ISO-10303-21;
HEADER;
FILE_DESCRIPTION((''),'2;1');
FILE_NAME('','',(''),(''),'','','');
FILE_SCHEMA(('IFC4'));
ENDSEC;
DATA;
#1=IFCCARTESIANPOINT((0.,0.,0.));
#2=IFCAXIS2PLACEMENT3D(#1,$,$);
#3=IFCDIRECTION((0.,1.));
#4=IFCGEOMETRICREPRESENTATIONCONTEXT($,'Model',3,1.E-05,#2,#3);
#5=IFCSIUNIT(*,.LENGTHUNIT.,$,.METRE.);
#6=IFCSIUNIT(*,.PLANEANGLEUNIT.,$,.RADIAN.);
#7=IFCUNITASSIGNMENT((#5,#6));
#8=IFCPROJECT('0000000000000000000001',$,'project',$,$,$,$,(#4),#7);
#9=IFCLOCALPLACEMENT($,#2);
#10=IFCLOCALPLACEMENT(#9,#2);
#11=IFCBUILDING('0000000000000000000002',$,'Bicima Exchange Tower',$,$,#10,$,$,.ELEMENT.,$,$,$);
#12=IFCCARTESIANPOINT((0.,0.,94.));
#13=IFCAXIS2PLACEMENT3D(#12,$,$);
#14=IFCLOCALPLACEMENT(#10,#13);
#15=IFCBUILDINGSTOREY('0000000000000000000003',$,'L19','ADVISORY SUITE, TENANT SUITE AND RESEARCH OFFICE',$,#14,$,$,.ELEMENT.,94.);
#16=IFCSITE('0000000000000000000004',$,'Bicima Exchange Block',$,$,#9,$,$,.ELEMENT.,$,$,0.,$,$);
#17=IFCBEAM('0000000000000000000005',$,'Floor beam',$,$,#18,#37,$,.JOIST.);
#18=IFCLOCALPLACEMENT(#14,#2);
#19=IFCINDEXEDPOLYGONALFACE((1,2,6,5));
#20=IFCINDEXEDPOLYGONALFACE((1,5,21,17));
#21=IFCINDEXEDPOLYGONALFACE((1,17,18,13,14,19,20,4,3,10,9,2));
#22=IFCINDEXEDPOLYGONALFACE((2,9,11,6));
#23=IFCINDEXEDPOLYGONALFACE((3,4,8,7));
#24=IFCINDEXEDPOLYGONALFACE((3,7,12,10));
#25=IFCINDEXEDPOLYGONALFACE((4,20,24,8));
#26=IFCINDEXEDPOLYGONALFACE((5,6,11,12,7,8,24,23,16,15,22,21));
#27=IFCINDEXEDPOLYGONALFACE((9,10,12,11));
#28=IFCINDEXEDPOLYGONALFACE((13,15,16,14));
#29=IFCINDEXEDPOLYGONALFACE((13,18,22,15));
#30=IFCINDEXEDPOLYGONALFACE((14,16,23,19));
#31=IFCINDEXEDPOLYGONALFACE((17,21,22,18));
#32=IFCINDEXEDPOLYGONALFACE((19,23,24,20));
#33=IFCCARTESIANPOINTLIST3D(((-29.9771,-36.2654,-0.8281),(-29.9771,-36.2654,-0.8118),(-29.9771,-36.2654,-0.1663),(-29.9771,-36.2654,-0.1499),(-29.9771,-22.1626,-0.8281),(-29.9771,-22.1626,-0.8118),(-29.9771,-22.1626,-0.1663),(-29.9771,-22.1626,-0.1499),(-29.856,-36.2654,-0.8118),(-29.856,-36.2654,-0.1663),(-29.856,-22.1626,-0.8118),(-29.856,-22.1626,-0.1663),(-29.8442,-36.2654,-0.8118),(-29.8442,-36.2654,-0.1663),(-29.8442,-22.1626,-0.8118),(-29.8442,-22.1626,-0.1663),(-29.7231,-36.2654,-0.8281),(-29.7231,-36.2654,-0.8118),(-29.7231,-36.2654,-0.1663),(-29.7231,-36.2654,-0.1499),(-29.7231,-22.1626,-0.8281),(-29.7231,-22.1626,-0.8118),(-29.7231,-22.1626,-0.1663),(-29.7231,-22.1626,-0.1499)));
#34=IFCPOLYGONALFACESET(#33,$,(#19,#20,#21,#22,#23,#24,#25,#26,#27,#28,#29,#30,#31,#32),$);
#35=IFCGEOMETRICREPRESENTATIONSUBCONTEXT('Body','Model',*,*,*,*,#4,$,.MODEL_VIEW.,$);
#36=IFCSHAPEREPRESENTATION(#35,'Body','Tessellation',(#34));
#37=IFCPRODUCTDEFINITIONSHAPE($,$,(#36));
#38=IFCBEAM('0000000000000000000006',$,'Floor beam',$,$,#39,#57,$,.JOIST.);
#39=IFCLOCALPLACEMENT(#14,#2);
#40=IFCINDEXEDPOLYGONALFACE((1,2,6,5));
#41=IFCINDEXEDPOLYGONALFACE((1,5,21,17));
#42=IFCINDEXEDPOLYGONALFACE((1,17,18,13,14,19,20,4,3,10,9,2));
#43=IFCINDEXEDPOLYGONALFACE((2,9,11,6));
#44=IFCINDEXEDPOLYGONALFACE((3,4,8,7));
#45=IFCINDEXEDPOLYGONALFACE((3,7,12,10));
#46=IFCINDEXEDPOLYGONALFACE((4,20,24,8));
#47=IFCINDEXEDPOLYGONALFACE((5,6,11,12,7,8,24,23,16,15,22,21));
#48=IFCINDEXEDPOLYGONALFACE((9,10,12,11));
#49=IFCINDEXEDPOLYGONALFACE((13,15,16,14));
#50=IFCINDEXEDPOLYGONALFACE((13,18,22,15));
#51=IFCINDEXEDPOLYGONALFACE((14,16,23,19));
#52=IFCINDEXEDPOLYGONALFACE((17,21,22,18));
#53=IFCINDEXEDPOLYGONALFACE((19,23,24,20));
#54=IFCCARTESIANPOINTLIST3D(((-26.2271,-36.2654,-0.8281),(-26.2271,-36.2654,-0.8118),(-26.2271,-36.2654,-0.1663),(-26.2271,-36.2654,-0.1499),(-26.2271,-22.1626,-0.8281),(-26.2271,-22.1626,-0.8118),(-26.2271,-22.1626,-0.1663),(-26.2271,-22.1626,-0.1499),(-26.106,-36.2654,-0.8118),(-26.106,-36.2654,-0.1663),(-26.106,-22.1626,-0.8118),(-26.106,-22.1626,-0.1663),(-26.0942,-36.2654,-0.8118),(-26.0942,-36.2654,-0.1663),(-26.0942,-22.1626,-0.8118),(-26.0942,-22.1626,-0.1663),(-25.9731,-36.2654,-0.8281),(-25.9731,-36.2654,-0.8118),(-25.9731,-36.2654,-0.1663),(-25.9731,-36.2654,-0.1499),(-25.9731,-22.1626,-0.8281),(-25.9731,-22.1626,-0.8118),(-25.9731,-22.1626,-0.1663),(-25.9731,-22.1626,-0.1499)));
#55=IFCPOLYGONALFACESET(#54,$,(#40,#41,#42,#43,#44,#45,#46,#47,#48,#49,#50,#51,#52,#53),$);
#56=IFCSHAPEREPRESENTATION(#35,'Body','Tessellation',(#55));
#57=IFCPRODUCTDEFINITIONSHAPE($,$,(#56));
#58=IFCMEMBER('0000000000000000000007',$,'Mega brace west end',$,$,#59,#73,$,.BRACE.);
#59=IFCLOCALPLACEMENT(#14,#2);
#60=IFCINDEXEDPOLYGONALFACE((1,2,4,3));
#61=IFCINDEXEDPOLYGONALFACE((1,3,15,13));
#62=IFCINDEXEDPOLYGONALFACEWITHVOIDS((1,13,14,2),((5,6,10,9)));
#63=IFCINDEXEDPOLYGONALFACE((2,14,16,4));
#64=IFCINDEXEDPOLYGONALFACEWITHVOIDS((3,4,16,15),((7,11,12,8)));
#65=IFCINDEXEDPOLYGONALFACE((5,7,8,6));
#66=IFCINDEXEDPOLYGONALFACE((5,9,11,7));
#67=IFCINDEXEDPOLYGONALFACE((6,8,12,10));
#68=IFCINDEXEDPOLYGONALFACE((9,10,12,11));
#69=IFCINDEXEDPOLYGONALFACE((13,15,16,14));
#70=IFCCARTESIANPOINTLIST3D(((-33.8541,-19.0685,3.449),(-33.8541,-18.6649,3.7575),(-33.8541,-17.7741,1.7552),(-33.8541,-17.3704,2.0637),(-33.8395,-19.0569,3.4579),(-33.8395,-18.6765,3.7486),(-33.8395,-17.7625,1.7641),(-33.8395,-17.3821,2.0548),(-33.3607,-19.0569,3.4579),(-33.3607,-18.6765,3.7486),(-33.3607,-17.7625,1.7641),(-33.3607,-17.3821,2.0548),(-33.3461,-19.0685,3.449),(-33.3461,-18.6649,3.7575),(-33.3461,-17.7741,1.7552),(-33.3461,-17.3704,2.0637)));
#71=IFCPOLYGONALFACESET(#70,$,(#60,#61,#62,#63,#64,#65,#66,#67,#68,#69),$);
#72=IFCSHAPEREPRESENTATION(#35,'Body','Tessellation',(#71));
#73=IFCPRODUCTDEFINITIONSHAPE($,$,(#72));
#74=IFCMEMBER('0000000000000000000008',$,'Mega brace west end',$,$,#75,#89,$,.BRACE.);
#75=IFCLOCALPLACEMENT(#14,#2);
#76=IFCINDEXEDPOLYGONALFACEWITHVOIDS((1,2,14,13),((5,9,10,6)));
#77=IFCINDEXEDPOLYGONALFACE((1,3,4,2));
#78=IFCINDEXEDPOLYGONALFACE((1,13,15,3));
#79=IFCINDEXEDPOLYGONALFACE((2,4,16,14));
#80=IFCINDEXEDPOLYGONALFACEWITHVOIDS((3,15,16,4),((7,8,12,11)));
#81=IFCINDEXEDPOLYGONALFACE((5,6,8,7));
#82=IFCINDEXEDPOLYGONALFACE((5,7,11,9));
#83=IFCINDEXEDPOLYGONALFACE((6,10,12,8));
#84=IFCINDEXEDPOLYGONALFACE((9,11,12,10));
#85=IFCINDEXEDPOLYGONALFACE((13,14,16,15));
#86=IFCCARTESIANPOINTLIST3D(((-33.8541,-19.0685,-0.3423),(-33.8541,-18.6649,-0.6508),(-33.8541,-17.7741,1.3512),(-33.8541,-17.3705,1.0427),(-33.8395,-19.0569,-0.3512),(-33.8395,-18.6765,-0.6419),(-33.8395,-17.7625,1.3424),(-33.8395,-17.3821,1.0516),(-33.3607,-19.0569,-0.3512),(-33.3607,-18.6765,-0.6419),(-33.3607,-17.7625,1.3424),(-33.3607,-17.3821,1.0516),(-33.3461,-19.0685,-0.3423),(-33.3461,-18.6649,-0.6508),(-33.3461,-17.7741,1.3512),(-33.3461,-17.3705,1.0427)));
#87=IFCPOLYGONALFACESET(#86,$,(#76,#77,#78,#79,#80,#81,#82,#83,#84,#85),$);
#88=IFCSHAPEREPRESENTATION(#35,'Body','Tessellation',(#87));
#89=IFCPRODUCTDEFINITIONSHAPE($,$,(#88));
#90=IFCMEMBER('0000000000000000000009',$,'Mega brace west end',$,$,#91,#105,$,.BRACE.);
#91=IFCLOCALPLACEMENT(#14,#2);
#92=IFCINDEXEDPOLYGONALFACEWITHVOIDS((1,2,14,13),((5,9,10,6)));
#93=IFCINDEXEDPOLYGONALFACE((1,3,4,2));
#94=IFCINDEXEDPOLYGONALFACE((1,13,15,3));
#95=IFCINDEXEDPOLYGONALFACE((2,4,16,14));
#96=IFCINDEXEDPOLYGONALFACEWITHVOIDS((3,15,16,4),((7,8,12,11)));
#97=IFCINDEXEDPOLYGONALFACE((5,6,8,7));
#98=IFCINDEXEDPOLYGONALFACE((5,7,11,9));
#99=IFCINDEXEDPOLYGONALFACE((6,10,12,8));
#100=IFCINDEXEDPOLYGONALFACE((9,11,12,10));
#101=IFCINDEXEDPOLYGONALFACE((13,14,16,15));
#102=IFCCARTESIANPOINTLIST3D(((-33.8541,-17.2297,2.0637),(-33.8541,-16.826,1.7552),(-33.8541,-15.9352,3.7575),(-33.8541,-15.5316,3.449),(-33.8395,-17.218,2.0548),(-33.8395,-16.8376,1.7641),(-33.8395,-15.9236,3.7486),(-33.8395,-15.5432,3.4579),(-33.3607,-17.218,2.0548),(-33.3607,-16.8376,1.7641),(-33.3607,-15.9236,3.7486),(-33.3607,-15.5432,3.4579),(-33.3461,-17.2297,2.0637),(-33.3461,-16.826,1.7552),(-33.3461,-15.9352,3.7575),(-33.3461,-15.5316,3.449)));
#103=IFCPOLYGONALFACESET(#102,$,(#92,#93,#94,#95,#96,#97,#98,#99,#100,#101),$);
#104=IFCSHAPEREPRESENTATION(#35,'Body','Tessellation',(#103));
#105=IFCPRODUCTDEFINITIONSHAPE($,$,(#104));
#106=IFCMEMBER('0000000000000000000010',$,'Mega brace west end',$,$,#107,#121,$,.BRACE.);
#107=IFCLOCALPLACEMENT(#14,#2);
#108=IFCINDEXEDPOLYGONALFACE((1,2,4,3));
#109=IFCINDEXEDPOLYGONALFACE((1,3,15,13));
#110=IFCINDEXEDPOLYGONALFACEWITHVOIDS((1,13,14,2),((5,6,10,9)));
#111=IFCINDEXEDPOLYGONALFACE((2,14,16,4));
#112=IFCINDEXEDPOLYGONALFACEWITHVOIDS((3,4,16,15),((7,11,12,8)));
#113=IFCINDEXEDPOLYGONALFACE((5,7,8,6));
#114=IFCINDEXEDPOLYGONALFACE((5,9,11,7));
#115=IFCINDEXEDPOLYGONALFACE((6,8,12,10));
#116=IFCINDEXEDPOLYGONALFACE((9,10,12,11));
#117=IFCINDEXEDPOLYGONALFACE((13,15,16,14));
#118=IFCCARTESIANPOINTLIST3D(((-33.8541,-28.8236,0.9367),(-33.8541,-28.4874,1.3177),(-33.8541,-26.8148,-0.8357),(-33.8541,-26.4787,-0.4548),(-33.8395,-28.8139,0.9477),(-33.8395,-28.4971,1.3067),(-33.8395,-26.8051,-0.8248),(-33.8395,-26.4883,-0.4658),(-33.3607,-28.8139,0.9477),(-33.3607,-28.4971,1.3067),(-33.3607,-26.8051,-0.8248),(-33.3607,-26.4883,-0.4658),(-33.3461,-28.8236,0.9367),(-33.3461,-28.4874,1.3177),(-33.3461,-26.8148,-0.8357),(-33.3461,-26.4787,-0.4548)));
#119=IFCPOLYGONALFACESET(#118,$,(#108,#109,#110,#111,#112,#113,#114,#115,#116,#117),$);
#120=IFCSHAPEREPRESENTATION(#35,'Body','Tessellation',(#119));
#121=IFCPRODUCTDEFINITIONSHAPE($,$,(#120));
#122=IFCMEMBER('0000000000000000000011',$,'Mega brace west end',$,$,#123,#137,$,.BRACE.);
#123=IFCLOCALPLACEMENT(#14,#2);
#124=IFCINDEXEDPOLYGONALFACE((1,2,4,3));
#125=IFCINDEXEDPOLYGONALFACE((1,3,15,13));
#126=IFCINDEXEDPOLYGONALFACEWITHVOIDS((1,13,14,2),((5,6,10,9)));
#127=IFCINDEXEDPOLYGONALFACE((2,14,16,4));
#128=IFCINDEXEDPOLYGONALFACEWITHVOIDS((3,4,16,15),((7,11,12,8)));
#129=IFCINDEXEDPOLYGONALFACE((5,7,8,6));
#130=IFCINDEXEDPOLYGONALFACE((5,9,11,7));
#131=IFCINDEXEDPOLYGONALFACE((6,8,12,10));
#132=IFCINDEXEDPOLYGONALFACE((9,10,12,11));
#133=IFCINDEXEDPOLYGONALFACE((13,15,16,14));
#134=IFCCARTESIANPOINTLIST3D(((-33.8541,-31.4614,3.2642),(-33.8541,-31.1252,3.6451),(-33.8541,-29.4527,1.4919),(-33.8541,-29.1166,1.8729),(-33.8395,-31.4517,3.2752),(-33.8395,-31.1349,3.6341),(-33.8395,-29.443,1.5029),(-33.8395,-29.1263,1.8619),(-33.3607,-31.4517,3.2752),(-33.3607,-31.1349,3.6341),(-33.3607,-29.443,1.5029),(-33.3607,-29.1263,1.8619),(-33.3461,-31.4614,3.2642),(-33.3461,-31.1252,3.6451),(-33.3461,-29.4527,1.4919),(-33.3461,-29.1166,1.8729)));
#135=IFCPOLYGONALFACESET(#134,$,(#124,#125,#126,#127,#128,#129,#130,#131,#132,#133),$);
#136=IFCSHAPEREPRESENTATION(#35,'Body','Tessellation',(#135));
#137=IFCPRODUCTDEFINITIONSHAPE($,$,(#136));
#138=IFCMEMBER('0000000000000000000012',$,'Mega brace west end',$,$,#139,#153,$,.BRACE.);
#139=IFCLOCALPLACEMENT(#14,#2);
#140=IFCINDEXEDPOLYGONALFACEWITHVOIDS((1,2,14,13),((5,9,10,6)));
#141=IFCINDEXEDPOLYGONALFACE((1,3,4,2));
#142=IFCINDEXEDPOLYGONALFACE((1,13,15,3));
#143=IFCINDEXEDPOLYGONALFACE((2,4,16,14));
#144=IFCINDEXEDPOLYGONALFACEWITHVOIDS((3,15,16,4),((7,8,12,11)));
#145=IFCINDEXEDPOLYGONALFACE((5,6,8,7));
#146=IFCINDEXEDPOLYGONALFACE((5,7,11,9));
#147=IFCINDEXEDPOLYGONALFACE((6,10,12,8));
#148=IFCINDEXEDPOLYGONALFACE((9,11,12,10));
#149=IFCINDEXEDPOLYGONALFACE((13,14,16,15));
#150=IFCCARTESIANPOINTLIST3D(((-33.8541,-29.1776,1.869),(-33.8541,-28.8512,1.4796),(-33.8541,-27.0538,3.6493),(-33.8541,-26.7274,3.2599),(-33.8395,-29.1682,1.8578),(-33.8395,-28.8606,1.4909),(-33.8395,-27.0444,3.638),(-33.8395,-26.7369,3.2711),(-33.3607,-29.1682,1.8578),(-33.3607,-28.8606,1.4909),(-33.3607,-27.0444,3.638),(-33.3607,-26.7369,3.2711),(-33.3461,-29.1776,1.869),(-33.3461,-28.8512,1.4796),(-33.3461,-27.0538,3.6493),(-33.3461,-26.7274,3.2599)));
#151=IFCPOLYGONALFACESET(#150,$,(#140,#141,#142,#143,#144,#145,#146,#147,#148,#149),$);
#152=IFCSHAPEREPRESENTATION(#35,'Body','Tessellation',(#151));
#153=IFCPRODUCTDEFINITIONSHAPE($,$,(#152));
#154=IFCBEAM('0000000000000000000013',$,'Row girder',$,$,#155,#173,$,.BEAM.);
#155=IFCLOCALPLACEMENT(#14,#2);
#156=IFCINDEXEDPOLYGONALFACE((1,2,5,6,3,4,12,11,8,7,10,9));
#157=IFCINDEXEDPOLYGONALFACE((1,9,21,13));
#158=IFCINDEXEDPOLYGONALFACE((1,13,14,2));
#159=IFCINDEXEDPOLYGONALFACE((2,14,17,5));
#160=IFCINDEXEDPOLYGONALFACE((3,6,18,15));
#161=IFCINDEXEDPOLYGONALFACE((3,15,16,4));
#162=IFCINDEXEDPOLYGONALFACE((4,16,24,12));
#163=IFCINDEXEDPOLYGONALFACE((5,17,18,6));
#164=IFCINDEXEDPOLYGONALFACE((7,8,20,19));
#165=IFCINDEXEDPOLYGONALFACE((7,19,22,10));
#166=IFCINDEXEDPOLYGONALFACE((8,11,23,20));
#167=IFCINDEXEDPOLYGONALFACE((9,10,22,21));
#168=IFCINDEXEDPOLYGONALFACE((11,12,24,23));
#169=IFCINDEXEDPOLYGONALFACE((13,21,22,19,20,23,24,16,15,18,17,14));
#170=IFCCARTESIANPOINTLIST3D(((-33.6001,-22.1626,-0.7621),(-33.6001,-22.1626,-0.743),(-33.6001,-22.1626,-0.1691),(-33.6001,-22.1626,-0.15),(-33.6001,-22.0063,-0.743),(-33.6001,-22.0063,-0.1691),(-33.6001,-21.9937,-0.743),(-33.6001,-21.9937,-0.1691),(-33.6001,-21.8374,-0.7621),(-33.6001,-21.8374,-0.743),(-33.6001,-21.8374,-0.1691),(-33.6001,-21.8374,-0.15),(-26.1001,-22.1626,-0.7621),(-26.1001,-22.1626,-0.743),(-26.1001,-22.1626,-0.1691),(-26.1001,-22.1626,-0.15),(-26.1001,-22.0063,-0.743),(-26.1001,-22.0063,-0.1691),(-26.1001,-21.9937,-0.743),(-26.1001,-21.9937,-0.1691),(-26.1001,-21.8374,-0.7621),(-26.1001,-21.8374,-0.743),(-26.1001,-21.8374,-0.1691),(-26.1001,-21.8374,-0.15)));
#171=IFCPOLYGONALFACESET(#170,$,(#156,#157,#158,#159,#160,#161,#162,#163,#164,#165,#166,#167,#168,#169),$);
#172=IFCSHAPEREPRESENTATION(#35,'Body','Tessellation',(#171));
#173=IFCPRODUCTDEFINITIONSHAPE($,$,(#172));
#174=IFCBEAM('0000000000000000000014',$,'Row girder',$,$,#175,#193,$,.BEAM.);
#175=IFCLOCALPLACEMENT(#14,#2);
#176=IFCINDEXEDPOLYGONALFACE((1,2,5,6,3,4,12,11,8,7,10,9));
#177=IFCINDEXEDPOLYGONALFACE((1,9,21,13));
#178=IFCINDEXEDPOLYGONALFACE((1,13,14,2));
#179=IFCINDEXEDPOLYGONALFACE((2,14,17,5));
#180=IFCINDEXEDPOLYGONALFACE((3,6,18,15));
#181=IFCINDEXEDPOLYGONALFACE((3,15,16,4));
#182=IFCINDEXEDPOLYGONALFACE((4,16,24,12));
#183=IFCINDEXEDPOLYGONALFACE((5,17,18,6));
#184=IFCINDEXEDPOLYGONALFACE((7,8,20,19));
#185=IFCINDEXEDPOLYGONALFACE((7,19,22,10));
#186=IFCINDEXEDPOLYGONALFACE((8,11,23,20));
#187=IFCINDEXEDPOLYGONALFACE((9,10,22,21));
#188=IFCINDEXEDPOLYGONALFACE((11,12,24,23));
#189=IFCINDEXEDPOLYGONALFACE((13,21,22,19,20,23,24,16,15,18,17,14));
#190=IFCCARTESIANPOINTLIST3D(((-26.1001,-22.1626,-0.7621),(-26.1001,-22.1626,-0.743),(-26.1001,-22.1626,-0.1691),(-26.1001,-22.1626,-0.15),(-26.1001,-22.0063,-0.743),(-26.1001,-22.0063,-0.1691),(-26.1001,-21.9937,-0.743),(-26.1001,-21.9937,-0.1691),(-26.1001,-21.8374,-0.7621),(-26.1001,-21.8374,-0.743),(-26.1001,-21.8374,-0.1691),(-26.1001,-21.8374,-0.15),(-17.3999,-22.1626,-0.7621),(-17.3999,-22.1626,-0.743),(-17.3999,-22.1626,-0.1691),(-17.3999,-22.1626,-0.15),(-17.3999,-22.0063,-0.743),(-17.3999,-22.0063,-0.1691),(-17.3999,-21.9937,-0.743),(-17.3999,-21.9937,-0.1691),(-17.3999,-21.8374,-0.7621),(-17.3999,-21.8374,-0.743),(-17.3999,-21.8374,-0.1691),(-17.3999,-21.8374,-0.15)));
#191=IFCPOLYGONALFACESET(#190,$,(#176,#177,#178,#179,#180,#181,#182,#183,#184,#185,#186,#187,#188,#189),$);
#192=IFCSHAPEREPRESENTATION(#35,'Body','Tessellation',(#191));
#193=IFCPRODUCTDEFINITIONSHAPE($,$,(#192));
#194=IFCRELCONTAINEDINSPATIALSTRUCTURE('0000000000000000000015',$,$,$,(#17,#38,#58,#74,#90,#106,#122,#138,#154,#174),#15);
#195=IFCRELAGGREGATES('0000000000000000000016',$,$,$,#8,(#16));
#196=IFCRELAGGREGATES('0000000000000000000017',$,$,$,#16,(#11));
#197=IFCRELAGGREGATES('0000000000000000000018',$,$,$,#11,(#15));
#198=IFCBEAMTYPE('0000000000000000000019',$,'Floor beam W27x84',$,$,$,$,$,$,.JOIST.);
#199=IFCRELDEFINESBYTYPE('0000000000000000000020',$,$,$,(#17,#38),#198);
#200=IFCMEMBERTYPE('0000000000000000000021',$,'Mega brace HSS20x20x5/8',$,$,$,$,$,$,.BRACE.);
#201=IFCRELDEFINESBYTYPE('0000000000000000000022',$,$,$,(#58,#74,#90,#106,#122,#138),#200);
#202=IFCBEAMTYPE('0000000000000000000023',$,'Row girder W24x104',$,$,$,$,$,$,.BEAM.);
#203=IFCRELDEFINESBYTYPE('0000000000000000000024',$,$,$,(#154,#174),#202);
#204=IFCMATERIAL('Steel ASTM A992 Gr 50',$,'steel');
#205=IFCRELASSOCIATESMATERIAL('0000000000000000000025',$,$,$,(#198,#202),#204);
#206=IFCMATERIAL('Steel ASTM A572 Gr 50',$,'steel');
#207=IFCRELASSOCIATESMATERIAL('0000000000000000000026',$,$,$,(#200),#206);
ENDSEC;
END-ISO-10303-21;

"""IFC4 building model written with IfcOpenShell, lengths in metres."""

from ifc_helpers import new_model, si_unit, direction, frame, origin, origin_2d, place, context, subcontext, project, spatial, hollow_rectangle, i_section, extrude, material, material_profile, profile_set, type_object, element, save


model = new_model("IFC4")

# Units and contexts
model_context = context("Model", 3, precision=1e-05, world=origin(), true_north=direction((0.0, 1.0)))
body_context = subcontext(model_context, "Body", "Model", "MODEL_VIEW")
ifc_project = project(units=[si_unit("LENGTHUNIT", "METRE"), si_unit("PLANEANGLEUNIT", "RADIAN")], contexts=[model_context])

# Site, building, storey
site_placement = place(None, origin())
site = spatial("IfcSite", under=ifc_project, at=site_placement, Name="Bicima Exchange Block", CompositionType="ELEMENT", RefElevation=0.0)
building_placement = place(site_placement, origin())
building = spatial("IfcBuilding", under=site, at=building_placement, Name="Bicima Exchange Tower", CompositionType="ELEMENT")
storey_placement = place(building_placement, frame((0.0, 0.0, 94.0)))
storey = spatial("IfcBuildingStorey", under=building, at=storey_placement, Name="L19", Description="ADVISORY SUITE, TENANT SUITE AND RESEARCH OFFICE", CompositionType="ELEMENT", Elevation=94.0)

# Shared definitions
ifc_material_1 = material(Name="Steel ASTM A992 Gr 50", Category="steel")

# Shared definitions
ifc_material_2 = material(Name="Steel ASTM A572 Gr 50", Category="steel")

# Beams
ifc_material_profile_1 = material_profile(ifc_material_1, i_section(OverallWidth=0.2539, OverallDepth=0.6782, WebThickness=0.0117, FlangeThickness=0.0164, at=origin_2d()))
ifc_profile_set_1 = profile_set([ifc_material_profile_1], Name="Steel ASTM A992 Gr 50")
beam_type_1 = type_object("IfcBeamType", Name="Floor beam W27x84", PredefinedType="JOIST", material=ifc_profile_set_1)
for number, where, z_axis, x_axis, name in (
    (1, (-29.8501, -22.1626, -0.489), (0.0, -1.0, 0.0), (1.0, 0.0, 0.0), "Floor beam"),
    (2, (-26.1001, -22.1626, -0.489), (0.0, -1.0, 0.0), (1.0, 0.0, 0.0), "Floor beam"),
):
    element("IfcBeam", number, at=place(storey_placement, frame(where, z_axis=z_axis, x_axis=x_axis)), inside=storey, type_object=beam_type_1, Name=name, PredefinedType="JOIST", context=body_context, shape_type="SweptSolid", body=[
        extrude(i_section(OverallWidth=0.2539, OverallDepth=0.6782, WebThickness=0.0117, FlangeThickness=0.0164, at=origin_2d()), origin(), (0.0, 0.0, 1.0), 14.1028),
    ])

# Members
ifc_material_profile_2 = material_profile(ifc_material_2, hollow_rectangle(XDim=0.5081, YDim=0.5081, WallThickness=0.0146, at=origin_2d()))
ifc_profile_set_2 = profile_set([ifc_material_profile_2], Name="Steel ASTM A572 Gr 50")
member_type_1 = type_object("IfcMemberType", Name="Mega brace HSS20x20x5/8", PredefinedType="BRACE", material=ifc_profile_set_2)
member_1_placement = place(storey_placement, frame((-33.6001, -17.5723, 1.9094), z_axis=(0.0, -0.607195, 0.794553), x_axis=(1.0, 0.0, 0.0)))
element("IfcMember", 3, at=member_1_placement, inside=storey, type_object=member_type_1, Name="Mega brace west end", PredefinedType="BRACE", context=body_context, shape_type="SweptSolid", body=[
    extrude(hollow_rectangle(XDim=0.5081, YDim=0.5081, WallThickness=0.0146, at=origin_2d()), origin(), (0.0, 0.0, 1.0), 2.1318),
])
member_2_placement = place(storey_placement, frame((-33.6001, -18.8667, -0.4966), z_axis=(0.0, 0.60725, 0.794511), x_axis=(-1.0, 0.0, 0.0)))
element("IfcMember", 4, at=member_2_placement, inside=storey, type_object=member_type_1, Name="Mega brace west end", PredefinedType="BRACE", context=body_context, shape_type="SweptSolid", body=[
    extrude(hollow_rectangle(XDim=0.5081, YDim=0.5081, WallThickness=0.0146, at=origin_2d()), origin(), (0.0, 0.0, 1.0), 2.1316),
])
member_3_placement = place(storey_placement, frame((-33.6001, -17.0278, 1.9094), z_axis=(0.0, 0.607195, 0.794553), x_axis=(-1.0, 0.0, 0.0)))
element("IfcMember", 5, at=member_3_placement, inside=storey, type_object=member_type_1, Name="Mega brace west end", PredefinedType="BRACE", context=body_context, shape_type="SweptSolid", body=[
    extrude(hollow_rectangle(XDim=0.5081, YDim=0.5081, WallThickness=0.0146, at=origin_2d()), origin(), (0.0, 0.0, 1.0), 2.1318),
])
member_4_placement = place(storey_placement, frame((-33.6001, -26.6467, -0.6453), z_axis=(0.0, -0.749838, 0.661622), x_axis=(1.0, 0.0, 0.0)))
element("IfcMember", 6, at=member_4_placement, inside=storey, type_object=member_type_1, Name="Mega brace west end", PredefinedType="BRACE", context=body_context, shape_type="SweptSolid", body=[
    extrude(hollow_rectangle(XDim=0.5081, YDim=0.5081, WallThickness=0.0146, at=origin_2d()), origin(), (0.0, 0.0, 1.0), 2.679),
])
member_5_placement = place(storey_placement, frame((-33.6001, -29.2847, 1.6824), z_axis=(0.0, -0.749843, 0.661616), x_axis=(1.0, 0.0, 0.0)))
element("IfcMember", 7, at=member_5_placement, inside=storey, type_object=member_type_1, Name="Mega brace west end", PredefinedType="BRACE", context=body_context, shape_type="SweptSolid", body=[
    extrude(hollow_rectangle(XDim=0.5081, YDim=0.5081, WallThickness=0.0146, at=origin_2d()), origin(), (0.0, 0.0, 1.0), 2.6787),
])
member_6_placement = place(storey_placement, frame((-33.6001, -29.0144, 1.6743), z_axis=(0.0, 0.766362, 0.642409), x_axis=(-1.0, 0.0, 0.0)))
element("IfcMember", 8, at=member_6_placement, inside=storey, type_object=member_type_1, Name="Mega brace west end", PredefinedType="BRACE", context=body_context, shape_type="SweptSolid", body=[
    extrude(hollow_rectangle(XDim=0.5081, YDim=0.5081, WallThickness=0.0146, at=origin_2d()), origin(), (0.0, 0.0, 1.0), 2.7712),
])

# Beams
ifc_material_profile_3 = material_profile(ifc_material_1, i_section(OverallWidth=0.3252, OverallDepth=0.6121, WebThickness=0.0127, FlangeThickness=0.019, at=origin_2d()))
ifc_profile_set_3 = profile_set([ifc_material_profile_3], Name="Steel ASTM A992 Gr 50")
beam_type_2 = type_object("IfcBeamType", Name="Row girder W24x104", PredefinedType="BEAM", material=ifc_profile_set_3)
beam_1_placement = place(storey_placement, frame((-33.6001, -22.0, -0.4561), z_axis=(1.0, 0.0, 0.0), x_axis=(0.0, 1.0, 0.0)))
element("IfcBeam", 9, at=beam_1_placement, inside=storey, type_object=beam_type_2, Name="Row girder", PredefinedType="BEAM", context=body_context, shape_type="SweptSolid", body=[
    extrude(i_section(OverallWidth=0.3252, OverallDepth=0.6121, WebThickness=0.0127, FlangeThickness=0.019, at=origin_2d()), origin(), (0.0, 0.0, 1.0), 7.5),
])
beam_2_placement = place(storey_placement, frame((-26.1001, -22.0, -0.4561), z_axis=(1.0, 0.0, 0.0), x_axis=(0.0, 1.0, 0.0)))
element("IfcBeam", 10, at=beam_2_placement, inside=storey, type_object=beam_type_2, Name="Row girder", PredefinedType="BEAM", context=body_context, shape_type="SweptSolid", body=[
    extrude(i_section(OverallWidth=0.3252, OverallDepth=0.6121, WebThickness=0.0127, FlangeThickness=0.019, at=origin_2d()), origin(), (0.0, 0.0, 1.0), 8.7002),
])

save(model, "model.ifc")
